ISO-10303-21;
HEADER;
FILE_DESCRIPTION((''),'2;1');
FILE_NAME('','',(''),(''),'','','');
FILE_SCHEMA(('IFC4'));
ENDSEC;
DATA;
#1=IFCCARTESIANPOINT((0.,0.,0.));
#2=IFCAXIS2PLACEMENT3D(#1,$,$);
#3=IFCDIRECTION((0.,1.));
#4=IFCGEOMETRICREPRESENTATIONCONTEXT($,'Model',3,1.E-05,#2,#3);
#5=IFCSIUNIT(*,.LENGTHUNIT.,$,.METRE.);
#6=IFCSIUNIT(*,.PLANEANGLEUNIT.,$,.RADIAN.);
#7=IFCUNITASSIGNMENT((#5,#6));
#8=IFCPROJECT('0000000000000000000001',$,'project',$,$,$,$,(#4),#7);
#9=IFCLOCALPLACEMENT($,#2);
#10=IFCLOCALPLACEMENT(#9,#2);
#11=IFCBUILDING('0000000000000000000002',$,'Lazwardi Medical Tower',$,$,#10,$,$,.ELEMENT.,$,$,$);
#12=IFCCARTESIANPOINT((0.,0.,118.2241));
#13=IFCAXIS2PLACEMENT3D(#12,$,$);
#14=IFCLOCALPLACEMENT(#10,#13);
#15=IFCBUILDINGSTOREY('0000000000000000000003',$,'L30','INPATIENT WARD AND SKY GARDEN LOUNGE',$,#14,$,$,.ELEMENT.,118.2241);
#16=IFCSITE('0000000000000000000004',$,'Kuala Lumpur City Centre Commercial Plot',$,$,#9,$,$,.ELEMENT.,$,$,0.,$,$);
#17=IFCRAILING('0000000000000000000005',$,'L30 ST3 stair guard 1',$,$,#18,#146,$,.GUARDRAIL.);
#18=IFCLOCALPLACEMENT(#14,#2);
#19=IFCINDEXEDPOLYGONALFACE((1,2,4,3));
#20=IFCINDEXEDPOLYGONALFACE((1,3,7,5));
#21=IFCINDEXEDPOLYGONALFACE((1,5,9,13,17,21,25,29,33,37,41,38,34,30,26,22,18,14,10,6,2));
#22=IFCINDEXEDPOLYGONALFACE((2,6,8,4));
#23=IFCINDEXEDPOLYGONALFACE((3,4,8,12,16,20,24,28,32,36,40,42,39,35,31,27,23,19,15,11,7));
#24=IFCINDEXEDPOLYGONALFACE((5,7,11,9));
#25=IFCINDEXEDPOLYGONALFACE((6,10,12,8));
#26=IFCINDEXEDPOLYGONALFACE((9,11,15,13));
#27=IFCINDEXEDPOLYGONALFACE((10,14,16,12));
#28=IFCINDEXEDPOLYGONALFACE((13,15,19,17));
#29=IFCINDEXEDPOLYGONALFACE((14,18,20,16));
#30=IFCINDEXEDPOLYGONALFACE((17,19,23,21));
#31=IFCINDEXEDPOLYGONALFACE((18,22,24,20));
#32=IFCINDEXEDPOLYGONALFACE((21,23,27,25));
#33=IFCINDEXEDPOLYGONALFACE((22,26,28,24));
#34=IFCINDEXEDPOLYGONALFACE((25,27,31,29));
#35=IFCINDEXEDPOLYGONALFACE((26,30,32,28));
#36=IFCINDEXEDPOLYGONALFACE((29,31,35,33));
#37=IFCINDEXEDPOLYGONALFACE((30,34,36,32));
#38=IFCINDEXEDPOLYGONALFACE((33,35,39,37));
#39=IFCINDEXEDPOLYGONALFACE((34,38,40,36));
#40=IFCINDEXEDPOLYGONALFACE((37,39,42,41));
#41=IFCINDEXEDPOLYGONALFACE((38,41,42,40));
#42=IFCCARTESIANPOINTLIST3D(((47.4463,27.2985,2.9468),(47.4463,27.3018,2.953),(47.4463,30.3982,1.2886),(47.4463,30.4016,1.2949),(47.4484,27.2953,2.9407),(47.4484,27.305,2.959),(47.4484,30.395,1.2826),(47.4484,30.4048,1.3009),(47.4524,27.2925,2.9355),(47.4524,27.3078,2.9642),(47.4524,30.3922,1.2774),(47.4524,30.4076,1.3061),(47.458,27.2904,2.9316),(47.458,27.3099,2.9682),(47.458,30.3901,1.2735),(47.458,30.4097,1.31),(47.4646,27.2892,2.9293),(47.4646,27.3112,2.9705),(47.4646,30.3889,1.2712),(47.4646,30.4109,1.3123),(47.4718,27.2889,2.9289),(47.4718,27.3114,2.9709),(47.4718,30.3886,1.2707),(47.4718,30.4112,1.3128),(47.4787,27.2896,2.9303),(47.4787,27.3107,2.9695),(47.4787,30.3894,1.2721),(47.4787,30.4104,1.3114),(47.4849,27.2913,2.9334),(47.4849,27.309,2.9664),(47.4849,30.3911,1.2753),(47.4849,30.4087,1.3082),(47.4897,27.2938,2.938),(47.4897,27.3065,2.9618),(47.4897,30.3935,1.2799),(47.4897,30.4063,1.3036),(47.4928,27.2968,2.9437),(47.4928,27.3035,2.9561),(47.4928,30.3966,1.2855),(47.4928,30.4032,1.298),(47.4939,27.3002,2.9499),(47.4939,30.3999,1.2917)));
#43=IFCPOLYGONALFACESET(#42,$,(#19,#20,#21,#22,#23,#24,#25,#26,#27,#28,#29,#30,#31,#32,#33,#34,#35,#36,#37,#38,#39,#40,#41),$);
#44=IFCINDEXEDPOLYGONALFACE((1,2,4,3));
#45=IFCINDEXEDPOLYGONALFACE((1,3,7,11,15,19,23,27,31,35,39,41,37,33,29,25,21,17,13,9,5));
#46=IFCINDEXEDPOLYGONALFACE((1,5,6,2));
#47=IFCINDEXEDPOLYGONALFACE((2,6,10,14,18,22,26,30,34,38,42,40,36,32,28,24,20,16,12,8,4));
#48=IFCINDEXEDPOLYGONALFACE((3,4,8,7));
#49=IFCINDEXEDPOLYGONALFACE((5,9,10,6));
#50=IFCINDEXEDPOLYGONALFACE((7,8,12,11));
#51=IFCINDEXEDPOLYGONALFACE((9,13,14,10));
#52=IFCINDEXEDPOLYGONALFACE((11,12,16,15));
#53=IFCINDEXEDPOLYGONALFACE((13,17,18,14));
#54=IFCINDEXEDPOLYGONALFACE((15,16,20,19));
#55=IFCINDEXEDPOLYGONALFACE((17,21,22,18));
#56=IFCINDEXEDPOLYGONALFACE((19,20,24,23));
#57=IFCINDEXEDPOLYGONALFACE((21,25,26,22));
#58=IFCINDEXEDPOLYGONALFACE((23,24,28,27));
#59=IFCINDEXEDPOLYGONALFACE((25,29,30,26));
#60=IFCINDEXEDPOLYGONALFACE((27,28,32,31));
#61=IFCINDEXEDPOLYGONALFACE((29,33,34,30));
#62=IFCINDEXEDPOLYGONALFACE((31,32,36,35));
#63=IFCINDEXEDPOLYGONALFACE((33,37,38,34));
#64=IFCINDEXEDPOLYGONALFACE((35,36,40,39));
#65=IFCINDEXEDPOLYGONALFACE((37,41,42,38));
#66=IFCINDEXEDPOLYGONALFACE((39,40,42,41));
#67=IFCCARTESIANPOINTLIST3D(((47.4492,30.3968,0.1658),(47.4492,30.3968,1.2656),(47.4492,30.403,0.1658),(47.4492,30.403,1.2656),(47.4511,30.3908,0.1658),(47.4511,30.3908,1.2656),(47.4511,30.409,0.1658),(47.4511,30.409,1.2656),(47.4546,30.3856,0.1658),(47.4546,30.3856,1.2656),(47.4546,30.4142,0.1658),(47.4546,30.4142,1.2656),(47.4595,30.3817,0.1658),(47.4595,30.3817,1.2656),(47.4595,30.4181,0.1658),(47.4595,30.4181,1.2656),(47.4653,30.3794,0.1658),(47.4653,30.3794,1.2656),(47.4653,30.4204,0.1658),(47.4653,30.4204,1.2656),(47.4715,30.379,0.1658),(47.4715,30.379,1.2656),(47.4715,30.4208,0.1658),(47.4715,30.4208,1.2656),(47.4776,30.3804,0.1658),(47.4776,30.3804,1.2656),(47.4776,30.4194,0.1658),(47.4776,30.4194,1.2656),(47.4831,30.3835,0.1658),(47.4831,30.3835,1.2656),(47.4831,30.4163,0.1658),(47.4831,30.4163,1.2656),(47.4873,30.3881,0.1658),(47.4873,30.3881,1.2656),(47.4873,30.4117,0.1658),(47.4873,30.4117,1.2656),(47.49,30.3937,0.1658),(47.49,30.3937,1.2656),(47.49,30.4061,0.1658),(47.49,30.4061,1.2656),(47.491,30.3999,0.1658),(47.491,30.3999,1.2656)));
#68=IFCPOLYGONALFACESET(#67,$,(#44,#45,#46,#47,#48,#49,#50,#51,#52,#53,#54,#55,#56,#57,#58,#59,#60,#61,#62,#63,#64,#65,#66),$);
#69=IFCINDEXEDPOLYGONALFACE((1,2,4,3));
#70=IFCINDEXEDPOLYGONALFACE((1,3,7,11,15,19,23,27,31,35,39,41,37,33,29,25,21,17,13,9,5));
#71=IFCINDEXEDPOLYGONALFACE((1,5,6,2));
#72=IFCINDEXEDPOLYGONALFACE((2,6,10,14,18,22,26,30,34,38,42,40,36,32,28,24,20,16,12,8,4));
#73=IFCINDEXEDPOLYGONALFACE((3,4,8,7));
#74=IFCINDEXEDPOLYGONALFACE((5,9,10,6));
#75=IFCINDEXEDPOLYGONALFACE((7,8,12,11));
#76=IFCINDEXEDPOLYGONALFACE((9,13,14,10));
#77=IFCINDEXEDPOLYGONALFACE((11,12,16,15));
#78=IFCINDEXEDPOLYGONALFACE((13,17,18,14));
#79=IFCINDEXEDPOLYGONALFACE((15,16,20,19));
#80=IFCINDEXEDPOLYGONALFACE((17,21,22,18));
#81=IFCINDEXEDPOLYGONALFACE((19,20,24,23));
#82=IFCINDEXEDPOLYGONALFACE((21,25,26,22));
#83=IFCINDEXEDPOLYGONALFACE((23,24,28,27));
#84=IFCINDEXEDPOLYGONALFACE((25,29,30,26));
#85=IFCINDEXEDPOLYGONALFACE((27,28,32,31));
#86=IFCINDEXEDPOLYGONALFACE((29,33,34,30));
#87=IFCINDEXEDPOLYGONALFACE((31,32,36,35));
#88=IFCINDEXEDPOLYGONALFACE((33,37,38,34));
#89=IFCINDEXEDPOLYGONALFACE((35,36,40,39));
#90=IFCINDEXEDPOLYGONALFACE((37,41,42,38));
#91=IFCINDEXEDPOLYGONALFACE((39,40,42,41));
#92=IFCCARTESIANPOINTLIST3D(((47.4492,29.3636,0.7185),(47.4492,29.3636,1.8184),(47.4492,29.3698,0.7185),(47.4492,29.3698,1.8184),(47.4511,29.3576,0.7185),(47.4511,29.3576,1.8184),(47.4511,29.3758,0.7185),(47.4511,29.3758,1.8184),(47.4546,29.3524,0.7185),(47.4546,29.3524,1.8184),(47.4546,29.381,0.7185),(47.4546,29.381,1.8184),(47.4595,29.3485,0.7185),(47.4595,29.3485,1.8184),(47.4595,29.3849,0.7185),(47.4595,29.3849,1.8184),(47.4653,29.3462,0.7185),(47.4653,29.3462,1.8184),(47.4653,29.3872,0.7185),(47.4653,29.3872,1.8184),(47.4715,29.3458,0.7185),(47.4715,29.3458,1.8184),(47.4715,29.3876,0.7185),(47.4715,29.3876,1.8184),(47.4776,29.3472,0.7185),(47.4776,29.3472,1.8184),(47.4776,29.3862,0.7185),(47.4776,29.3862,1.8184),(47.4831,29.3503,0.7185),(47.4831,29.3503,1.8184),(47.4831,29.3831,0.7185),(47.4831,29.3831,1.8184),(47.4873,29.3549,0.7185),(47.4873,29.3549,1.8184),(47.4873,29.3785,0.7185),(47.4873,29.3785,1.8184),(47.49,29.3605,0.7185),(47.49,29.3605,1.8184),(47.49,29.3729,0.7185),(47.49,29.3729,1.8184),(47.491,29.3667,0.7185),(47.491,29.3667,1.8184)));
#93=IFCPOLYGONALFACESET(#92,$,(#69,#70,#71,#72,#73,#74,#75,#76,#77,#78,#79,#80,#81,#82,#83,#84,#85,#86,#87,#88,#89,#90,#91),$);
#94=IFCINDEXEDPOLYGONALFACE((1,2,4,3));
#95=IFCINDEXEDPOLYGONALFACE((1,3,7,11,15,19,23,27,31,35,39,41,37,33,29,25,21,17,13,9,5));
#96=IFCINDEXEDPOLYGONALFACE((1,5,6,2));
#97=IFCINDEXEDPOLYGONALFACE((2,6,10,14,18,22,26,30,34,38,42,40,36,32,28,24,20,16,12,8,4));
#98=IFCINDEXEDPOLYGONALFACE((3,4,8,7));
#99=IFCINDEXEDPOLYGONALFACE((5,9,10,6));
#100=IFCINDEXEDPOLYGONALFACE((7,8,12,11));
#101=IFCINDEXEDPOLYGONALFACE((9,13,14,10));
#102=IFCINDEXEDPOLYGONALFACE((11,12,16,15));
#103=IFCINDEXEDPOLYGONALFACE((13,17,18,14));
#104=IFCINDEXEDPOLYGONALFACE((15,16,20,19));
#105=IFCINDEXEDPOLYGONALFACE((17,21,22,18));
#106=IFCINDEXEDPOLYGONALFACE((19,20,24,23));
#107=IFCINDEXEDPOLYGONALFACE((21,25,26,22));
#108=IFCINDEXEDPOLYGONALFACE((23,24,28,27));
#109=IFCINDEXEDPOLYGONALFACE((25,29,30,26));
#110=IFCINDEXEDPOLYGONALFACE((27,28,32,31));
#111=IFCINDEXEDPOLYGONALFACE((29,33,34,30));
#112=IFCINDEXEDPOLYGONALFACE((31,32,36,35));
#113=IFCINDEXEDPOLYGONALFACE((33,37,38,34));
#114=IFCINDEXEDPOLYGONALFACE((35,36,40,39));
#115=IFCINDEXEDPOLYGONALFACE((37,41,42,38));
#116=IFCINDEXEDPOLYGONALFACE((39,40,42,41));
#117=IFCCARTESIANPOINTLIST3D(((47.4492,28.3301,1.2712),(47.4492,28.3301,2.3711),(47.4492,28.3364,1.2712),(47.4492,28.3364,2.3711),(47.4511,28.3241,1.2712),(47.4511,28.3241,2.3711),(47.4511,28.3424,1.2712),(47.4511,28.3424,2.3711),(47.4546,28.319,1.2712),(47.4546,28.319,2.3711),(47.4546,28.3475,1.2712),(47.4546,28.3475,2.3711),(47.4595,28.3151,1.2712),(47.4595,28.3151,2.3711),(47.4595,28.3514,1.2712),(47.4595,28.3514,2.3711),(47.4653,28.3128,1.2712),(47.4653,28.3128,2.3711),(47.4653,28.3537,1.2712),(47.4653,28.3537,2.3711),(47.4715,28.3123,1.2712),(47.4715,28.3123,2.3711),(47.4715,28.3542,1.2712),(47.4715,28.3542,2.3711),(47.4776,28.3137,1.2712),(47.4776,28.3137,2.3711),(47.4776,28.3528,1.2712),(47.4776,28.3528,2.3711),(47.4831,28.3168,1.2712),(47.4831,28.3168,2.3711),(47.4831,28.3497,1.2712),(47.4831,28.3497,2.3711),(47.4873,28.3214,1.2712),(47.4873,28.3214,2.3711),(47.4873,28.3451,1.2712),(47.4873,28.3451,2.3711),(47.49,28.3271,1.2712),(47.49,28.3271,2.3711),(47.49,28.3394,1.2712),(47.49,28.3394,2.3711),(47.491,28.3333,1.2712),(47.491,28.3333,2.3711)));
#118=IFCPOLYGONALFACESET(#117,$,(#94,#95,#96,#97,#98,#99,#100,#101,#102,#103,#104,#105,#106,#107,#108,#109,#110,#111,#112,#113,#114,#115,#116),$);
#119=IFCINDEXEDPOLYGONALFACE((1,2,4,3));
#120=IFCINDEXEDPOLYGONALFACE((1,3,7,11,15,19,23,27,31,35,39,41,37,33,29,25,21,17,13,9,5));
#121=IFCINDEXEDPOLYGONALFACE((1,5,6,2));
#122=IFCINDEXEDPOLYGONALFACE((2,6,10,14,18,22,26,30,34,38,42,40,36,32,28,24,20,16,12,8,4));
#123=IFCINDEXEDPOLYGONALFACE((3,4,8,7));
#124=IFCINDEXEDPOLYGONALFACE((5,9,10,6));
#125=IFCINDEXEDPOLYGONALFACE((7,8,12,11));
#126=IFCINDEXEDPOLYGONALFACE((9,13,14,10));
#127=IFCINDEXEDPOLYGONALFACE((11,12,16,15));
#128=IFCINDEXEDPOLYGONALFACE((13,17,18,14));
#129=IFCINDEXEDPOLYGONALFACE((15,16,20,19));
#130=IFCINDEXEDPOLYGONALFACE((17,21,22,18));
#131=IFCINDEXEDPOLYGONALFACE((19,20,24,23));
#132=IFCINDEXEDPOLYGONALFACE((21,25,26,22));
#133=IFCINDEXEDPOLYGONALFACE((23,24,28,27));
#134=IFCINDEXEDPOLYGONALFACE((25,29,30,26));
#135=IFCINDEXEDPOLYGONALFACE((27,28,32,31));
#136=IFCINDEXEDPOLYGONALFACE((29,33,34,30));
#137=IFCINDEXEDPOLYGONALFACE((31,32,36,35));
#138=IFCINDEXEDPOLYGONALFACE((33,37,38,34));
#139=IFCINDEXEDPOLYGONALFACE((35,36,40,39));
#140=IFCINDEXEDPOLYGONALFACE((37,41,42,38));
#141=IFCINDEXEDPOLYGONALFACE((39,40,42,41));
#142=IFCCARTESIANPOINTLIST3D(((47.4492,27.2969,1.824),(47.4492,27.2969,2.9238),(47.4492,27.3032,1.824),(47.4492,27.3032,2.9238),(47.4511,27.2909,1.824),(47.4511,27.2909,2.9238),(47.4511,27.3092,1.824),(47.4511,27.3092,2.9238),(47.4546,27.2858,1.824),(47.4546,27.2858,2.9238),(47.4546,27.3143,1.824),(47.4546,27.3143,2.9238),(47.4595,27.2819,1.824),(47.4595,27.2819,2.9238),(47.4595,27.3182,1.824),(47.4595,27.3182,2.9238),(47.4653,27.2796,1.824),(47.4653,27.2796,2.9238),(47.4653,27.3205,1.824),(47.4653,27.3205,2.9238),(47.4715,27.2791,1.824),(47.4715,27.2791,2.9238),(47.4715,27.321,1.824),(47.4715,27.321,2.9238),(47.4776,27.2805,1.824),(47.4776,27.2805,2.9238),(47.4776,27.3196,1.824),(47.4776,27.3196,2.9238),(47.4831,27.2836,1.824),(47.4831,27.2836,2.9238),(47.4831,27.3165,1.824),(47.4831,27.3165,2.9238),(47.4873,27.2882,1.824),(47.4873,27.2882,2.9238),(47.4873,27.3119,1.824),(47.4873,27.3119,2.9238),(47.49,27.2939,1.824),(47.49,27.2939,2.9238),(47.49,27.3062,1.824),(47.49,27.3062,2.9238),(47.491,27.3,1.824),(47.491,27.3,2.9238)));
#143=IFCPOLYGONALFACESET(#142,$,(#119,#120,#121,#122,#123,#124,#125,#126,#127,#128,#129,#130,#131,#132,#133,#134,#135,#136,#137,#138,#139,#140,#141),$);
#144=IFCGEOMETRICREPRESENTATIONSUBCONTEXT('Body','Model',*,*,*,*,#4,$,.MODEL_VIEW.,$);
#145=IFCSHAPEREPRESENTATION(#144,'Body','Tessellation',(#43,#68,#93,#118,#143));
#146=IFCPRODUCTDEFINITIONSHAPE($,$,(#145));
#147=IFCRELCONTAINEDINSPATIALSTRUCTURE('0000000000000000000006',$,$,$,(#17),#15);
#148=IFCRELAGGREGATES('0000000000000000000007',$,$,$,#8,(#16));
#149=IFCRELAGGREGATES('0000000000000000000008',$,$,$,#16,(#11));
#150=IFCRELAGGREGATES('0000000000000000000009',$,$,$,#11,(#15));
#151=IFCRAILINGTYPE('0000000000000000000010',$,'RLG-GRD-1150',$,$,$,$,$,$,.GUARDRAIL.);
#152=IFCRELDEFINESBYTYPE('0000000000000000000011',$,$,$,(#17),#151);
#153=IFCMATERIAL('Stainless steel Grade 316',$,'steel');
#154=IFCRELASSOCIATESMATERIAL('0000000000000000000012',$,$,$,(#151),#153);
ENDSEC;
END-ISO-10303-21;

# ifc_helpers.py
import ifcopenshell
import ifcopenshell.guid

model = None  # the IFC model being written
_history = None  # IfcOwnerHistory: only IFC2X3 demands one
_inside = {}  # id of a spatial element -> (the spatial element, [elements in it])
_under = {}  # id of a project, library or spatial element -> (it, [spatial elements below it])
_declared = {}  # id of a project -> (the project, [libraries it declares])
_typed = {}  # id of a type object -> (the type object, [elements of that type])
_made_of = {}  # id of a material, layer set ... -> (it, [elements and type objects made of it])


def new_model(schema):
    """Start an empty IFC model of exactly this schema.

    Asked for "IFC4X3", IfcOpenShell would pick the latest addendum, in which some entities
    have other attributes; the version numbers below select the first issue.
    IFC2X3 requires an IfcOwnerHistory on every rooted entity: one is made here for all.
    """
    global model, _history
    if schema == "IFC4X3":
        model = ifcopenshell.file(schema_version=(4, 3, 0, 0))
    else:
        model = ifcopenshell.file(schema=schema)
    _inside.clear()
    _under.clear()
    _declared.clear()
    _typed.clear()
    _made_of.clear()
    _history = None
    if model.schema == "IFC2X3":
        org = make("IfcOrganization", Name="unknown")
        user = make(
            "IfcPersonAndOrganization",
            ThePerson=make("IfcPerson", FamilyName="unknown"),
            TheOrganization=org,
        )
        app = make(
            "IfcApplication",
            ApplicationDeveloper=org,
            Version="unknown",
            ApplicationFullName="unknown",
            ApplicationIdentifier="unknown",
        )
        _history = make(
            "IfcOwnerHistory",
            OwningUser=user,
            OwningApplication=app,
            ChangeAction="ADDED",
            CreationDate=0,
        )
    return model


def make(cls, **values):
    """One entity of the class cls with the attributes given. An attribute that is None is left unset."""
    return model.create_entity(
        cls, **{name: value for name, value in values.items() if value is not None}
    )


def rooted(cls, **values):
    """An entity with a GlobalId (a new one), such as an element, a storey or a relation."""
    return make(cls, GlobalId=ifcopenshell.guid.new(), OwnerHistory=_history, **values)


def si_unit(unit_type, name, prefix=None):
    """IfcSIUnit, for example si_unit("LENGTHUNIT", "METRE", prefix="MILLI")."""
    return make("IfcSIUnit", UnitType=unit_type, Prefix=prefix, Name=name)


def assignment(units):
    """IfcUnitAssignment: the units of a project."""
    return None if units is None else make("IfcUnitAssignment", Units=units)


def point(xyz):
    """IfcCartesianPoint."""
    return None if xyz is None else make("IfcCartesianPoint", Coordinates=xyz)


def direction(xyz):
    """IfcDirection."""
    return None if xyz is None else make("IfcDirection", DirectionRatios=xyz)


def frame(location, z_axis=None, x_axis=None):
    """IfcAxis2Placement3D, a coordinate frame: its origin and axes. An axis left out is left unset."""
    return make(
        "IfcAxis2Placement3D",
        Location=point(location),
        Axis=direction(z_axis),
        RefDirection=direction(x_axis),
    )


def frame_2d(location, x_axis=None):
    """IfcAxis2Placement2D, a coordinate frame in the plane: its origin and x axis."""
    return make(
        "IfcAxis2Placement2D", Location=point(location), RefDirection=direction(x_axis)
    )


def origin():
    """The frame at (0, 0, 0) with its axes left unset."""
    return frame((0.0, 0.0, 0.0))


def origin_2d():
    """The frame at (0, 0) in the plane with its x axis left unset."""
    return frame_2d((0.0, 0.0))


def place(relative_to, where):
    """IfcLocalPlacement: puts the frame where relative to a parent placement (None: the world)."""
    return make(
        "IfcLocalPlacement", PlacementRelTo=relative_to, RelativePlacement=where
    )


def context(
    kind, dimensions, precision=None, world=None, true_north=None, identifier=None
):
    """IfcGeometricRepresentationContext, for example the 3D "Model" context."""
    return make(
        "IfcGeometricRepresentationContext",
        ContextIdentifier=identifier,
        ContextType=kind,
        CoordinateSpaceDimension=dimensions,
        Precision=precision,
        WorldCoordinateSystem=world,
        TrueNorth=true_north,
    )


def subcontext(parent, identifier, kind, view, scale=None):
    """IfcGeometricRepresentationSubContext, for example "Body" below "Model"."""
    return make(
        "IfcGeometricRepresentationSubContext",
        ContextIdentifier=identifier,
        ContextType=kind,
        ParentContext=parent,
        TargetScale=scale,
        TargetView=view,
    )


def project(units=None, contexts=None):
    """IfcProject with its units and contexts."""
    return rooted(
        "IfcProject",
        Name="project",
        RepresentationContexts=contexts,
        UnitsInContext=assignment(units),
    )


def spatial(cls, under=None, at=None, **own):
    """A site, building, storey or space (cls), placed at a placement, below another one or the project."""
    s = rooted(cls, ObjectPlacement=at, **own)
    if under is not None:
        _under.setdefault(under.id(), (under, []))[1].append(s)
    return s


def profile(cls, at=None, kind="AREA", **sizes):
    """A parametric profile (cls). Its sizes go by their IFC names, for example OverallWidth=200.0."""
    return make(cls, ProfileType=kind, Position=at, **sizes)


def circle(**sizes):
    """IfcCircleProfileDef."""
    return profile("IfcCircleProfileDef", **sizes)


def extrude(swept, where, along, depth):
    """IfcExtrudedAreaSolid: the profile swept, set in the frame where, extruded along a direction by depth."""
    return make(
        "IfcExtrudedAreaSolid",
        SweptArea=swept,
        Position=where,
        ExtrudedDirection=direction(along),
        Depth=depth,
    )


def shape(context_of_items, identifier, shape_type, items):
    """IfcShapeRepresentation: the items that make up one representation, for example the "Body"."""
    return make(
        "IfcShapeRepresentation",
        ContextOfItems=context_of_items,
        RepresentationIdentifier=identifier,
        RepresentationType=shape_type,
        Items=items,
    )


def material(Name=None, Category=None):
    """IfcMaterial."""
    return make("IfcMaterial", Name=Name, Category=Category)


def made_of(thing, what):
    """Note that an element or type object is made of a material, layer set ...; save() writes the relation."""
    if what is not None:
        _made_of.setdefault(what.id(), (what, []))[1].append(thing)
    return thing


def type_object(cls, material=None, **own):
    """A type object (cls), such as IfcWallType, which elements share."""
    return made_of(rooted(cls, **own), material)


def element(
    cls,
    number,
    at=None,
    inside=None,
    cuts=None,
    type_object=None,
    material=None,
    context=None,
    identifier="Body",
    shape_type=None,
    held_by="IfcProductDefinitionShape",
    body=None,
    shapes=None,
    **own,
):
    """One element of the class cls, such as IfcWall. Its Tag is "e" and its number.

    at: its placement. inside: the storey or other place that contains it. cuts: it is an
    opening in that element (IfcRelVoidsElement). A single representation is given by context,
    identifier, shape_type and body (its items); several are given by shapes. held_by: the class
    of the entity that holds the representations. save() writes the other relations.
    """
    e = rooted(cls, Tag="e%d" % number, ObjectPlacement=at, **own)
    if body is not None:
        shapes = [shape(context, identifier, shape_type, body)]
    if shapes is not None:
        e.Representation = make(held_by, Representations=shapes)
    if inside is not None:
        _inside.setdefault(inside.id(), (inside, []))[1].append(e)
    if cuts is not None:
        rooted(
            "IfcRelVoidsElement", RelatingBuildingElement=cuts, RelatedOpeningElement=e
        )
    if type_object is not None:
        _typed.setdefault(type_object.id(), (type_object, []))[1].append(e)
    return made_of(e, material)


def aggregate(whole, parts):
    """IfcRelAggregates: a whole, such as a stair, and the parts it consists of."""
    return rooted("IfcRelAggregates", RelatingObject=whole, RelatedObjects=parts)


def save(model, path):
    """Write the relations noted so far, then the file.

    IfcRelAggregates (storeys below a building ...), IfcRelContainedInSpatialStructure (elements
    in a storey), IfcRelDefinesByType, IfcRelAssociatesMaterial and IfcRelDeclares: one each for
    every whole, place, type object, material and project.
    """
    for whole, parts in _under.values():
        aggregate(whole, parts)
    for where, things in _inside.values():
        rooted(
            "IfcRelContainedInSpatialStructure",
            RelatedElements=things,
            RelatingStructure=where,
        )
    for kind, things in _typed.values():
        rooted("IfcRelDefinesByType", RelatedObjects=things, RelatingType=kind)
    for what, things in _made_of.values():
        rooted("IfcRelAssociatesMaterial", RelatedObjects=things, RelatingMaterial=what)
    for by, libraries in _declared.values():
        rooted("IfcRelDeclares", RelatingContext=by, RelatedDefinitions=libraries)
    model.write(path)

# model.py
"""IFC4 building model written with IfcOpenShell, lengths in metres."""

from ifc_helpers import new_model, si_unit, direction, frame, origin, origin_2d, place, context, subcontext, project, spatial, circle, extrude, material, type_object, element, save


model = new_model("IFC4")

# Units and contexts
model_context = context("Model", 3, precision=1e-05, world=origin(), true_north=direction((0.0, 1.0)))
body_context = subcontext(model_context, "Body", "Model", "MODEL_VIEW")
ifc_project = project(units=[si_unit("LENGTHUNIT", "METRE"), si_unit("PLANEANGLEUNIT", "RADIAN")], contexts=[model_context])

# Site, building, storey
site_placement = place(None, origin())
site = spatial("IfcSite", under=ifc_project, at=site_placement, Name="Kuala Lumpur City Centre Commercial Plot", CompositionType="ELEMENT", RefElevation=0.0)
building_placement = place(site_placement, origin())
building = spatial("IfcBuilding", under=site, at=building_placement, Name="Lazwardi Medical Tower", CompositionType="ELEMENT")
storey_placement = place(building_placement, frame((0.0, 0.0, 118.2241)))
storey = spatial("IfcBuildingStorey", under=building, at=storey_placement, Name="L30", Description="INPATIENT WARD AND SKY GARDEN LOUNGE", CompositionType="ELEMENT", Elevation=118.2241)

# Railing
ifc_material_1 = material(Name="Stainless steel Grade 316", Category="steel")
railing_type = type_object("IfcRailingType", Name="RLG-GRD-1150", PredefinedType="GUARDRAIL", material=ifc_material_1)
railing_1_placement = place(storey_placement, frame((47.47, 30.3999, 0.1658)))
element("IfcRailing", 1, at=railing_1_placement, inside=storey, type_object=railing_type, Name="L30 ST3 stair guard 1", PredefinedType="GUARDRAIL", context=body_context, shape_type="SweptSolid", body=[
    extrude(circle(Radius=0.0239, at=origin_2d()), frame((0.0, 0.0, 1.126), z_axis=(0.0, -0.881768, 0.471684), x_axis=(1.0, 0.0, 0.0)), (0.0, 0.0, 1.0), 3.5154),
    extrude(circle(Radius=0.021, at=origin_2d()), origin(), (0.0, 0.0, 1.0), 1.0999),
    extrude(circle(Radius=0.021, at=origin_2d()), frame((0.0, -1.0332, 0.5527)), (0.0, 0.0, 1.0), 1.0999),
    extrude(circle(Radius=0.021, at=origin_2d()), frame((0.0, -2.0667, 1.1055)), (0.0, 0.0, 1.0), 1.0999),
    extrude(circle(Radius=0.021, at=origin_2d()), frame((0.0, -3.0999, 1.6582)), (0.0, 0.0, 1.0), 1.0999),
])

save(model, "model.ifc")
